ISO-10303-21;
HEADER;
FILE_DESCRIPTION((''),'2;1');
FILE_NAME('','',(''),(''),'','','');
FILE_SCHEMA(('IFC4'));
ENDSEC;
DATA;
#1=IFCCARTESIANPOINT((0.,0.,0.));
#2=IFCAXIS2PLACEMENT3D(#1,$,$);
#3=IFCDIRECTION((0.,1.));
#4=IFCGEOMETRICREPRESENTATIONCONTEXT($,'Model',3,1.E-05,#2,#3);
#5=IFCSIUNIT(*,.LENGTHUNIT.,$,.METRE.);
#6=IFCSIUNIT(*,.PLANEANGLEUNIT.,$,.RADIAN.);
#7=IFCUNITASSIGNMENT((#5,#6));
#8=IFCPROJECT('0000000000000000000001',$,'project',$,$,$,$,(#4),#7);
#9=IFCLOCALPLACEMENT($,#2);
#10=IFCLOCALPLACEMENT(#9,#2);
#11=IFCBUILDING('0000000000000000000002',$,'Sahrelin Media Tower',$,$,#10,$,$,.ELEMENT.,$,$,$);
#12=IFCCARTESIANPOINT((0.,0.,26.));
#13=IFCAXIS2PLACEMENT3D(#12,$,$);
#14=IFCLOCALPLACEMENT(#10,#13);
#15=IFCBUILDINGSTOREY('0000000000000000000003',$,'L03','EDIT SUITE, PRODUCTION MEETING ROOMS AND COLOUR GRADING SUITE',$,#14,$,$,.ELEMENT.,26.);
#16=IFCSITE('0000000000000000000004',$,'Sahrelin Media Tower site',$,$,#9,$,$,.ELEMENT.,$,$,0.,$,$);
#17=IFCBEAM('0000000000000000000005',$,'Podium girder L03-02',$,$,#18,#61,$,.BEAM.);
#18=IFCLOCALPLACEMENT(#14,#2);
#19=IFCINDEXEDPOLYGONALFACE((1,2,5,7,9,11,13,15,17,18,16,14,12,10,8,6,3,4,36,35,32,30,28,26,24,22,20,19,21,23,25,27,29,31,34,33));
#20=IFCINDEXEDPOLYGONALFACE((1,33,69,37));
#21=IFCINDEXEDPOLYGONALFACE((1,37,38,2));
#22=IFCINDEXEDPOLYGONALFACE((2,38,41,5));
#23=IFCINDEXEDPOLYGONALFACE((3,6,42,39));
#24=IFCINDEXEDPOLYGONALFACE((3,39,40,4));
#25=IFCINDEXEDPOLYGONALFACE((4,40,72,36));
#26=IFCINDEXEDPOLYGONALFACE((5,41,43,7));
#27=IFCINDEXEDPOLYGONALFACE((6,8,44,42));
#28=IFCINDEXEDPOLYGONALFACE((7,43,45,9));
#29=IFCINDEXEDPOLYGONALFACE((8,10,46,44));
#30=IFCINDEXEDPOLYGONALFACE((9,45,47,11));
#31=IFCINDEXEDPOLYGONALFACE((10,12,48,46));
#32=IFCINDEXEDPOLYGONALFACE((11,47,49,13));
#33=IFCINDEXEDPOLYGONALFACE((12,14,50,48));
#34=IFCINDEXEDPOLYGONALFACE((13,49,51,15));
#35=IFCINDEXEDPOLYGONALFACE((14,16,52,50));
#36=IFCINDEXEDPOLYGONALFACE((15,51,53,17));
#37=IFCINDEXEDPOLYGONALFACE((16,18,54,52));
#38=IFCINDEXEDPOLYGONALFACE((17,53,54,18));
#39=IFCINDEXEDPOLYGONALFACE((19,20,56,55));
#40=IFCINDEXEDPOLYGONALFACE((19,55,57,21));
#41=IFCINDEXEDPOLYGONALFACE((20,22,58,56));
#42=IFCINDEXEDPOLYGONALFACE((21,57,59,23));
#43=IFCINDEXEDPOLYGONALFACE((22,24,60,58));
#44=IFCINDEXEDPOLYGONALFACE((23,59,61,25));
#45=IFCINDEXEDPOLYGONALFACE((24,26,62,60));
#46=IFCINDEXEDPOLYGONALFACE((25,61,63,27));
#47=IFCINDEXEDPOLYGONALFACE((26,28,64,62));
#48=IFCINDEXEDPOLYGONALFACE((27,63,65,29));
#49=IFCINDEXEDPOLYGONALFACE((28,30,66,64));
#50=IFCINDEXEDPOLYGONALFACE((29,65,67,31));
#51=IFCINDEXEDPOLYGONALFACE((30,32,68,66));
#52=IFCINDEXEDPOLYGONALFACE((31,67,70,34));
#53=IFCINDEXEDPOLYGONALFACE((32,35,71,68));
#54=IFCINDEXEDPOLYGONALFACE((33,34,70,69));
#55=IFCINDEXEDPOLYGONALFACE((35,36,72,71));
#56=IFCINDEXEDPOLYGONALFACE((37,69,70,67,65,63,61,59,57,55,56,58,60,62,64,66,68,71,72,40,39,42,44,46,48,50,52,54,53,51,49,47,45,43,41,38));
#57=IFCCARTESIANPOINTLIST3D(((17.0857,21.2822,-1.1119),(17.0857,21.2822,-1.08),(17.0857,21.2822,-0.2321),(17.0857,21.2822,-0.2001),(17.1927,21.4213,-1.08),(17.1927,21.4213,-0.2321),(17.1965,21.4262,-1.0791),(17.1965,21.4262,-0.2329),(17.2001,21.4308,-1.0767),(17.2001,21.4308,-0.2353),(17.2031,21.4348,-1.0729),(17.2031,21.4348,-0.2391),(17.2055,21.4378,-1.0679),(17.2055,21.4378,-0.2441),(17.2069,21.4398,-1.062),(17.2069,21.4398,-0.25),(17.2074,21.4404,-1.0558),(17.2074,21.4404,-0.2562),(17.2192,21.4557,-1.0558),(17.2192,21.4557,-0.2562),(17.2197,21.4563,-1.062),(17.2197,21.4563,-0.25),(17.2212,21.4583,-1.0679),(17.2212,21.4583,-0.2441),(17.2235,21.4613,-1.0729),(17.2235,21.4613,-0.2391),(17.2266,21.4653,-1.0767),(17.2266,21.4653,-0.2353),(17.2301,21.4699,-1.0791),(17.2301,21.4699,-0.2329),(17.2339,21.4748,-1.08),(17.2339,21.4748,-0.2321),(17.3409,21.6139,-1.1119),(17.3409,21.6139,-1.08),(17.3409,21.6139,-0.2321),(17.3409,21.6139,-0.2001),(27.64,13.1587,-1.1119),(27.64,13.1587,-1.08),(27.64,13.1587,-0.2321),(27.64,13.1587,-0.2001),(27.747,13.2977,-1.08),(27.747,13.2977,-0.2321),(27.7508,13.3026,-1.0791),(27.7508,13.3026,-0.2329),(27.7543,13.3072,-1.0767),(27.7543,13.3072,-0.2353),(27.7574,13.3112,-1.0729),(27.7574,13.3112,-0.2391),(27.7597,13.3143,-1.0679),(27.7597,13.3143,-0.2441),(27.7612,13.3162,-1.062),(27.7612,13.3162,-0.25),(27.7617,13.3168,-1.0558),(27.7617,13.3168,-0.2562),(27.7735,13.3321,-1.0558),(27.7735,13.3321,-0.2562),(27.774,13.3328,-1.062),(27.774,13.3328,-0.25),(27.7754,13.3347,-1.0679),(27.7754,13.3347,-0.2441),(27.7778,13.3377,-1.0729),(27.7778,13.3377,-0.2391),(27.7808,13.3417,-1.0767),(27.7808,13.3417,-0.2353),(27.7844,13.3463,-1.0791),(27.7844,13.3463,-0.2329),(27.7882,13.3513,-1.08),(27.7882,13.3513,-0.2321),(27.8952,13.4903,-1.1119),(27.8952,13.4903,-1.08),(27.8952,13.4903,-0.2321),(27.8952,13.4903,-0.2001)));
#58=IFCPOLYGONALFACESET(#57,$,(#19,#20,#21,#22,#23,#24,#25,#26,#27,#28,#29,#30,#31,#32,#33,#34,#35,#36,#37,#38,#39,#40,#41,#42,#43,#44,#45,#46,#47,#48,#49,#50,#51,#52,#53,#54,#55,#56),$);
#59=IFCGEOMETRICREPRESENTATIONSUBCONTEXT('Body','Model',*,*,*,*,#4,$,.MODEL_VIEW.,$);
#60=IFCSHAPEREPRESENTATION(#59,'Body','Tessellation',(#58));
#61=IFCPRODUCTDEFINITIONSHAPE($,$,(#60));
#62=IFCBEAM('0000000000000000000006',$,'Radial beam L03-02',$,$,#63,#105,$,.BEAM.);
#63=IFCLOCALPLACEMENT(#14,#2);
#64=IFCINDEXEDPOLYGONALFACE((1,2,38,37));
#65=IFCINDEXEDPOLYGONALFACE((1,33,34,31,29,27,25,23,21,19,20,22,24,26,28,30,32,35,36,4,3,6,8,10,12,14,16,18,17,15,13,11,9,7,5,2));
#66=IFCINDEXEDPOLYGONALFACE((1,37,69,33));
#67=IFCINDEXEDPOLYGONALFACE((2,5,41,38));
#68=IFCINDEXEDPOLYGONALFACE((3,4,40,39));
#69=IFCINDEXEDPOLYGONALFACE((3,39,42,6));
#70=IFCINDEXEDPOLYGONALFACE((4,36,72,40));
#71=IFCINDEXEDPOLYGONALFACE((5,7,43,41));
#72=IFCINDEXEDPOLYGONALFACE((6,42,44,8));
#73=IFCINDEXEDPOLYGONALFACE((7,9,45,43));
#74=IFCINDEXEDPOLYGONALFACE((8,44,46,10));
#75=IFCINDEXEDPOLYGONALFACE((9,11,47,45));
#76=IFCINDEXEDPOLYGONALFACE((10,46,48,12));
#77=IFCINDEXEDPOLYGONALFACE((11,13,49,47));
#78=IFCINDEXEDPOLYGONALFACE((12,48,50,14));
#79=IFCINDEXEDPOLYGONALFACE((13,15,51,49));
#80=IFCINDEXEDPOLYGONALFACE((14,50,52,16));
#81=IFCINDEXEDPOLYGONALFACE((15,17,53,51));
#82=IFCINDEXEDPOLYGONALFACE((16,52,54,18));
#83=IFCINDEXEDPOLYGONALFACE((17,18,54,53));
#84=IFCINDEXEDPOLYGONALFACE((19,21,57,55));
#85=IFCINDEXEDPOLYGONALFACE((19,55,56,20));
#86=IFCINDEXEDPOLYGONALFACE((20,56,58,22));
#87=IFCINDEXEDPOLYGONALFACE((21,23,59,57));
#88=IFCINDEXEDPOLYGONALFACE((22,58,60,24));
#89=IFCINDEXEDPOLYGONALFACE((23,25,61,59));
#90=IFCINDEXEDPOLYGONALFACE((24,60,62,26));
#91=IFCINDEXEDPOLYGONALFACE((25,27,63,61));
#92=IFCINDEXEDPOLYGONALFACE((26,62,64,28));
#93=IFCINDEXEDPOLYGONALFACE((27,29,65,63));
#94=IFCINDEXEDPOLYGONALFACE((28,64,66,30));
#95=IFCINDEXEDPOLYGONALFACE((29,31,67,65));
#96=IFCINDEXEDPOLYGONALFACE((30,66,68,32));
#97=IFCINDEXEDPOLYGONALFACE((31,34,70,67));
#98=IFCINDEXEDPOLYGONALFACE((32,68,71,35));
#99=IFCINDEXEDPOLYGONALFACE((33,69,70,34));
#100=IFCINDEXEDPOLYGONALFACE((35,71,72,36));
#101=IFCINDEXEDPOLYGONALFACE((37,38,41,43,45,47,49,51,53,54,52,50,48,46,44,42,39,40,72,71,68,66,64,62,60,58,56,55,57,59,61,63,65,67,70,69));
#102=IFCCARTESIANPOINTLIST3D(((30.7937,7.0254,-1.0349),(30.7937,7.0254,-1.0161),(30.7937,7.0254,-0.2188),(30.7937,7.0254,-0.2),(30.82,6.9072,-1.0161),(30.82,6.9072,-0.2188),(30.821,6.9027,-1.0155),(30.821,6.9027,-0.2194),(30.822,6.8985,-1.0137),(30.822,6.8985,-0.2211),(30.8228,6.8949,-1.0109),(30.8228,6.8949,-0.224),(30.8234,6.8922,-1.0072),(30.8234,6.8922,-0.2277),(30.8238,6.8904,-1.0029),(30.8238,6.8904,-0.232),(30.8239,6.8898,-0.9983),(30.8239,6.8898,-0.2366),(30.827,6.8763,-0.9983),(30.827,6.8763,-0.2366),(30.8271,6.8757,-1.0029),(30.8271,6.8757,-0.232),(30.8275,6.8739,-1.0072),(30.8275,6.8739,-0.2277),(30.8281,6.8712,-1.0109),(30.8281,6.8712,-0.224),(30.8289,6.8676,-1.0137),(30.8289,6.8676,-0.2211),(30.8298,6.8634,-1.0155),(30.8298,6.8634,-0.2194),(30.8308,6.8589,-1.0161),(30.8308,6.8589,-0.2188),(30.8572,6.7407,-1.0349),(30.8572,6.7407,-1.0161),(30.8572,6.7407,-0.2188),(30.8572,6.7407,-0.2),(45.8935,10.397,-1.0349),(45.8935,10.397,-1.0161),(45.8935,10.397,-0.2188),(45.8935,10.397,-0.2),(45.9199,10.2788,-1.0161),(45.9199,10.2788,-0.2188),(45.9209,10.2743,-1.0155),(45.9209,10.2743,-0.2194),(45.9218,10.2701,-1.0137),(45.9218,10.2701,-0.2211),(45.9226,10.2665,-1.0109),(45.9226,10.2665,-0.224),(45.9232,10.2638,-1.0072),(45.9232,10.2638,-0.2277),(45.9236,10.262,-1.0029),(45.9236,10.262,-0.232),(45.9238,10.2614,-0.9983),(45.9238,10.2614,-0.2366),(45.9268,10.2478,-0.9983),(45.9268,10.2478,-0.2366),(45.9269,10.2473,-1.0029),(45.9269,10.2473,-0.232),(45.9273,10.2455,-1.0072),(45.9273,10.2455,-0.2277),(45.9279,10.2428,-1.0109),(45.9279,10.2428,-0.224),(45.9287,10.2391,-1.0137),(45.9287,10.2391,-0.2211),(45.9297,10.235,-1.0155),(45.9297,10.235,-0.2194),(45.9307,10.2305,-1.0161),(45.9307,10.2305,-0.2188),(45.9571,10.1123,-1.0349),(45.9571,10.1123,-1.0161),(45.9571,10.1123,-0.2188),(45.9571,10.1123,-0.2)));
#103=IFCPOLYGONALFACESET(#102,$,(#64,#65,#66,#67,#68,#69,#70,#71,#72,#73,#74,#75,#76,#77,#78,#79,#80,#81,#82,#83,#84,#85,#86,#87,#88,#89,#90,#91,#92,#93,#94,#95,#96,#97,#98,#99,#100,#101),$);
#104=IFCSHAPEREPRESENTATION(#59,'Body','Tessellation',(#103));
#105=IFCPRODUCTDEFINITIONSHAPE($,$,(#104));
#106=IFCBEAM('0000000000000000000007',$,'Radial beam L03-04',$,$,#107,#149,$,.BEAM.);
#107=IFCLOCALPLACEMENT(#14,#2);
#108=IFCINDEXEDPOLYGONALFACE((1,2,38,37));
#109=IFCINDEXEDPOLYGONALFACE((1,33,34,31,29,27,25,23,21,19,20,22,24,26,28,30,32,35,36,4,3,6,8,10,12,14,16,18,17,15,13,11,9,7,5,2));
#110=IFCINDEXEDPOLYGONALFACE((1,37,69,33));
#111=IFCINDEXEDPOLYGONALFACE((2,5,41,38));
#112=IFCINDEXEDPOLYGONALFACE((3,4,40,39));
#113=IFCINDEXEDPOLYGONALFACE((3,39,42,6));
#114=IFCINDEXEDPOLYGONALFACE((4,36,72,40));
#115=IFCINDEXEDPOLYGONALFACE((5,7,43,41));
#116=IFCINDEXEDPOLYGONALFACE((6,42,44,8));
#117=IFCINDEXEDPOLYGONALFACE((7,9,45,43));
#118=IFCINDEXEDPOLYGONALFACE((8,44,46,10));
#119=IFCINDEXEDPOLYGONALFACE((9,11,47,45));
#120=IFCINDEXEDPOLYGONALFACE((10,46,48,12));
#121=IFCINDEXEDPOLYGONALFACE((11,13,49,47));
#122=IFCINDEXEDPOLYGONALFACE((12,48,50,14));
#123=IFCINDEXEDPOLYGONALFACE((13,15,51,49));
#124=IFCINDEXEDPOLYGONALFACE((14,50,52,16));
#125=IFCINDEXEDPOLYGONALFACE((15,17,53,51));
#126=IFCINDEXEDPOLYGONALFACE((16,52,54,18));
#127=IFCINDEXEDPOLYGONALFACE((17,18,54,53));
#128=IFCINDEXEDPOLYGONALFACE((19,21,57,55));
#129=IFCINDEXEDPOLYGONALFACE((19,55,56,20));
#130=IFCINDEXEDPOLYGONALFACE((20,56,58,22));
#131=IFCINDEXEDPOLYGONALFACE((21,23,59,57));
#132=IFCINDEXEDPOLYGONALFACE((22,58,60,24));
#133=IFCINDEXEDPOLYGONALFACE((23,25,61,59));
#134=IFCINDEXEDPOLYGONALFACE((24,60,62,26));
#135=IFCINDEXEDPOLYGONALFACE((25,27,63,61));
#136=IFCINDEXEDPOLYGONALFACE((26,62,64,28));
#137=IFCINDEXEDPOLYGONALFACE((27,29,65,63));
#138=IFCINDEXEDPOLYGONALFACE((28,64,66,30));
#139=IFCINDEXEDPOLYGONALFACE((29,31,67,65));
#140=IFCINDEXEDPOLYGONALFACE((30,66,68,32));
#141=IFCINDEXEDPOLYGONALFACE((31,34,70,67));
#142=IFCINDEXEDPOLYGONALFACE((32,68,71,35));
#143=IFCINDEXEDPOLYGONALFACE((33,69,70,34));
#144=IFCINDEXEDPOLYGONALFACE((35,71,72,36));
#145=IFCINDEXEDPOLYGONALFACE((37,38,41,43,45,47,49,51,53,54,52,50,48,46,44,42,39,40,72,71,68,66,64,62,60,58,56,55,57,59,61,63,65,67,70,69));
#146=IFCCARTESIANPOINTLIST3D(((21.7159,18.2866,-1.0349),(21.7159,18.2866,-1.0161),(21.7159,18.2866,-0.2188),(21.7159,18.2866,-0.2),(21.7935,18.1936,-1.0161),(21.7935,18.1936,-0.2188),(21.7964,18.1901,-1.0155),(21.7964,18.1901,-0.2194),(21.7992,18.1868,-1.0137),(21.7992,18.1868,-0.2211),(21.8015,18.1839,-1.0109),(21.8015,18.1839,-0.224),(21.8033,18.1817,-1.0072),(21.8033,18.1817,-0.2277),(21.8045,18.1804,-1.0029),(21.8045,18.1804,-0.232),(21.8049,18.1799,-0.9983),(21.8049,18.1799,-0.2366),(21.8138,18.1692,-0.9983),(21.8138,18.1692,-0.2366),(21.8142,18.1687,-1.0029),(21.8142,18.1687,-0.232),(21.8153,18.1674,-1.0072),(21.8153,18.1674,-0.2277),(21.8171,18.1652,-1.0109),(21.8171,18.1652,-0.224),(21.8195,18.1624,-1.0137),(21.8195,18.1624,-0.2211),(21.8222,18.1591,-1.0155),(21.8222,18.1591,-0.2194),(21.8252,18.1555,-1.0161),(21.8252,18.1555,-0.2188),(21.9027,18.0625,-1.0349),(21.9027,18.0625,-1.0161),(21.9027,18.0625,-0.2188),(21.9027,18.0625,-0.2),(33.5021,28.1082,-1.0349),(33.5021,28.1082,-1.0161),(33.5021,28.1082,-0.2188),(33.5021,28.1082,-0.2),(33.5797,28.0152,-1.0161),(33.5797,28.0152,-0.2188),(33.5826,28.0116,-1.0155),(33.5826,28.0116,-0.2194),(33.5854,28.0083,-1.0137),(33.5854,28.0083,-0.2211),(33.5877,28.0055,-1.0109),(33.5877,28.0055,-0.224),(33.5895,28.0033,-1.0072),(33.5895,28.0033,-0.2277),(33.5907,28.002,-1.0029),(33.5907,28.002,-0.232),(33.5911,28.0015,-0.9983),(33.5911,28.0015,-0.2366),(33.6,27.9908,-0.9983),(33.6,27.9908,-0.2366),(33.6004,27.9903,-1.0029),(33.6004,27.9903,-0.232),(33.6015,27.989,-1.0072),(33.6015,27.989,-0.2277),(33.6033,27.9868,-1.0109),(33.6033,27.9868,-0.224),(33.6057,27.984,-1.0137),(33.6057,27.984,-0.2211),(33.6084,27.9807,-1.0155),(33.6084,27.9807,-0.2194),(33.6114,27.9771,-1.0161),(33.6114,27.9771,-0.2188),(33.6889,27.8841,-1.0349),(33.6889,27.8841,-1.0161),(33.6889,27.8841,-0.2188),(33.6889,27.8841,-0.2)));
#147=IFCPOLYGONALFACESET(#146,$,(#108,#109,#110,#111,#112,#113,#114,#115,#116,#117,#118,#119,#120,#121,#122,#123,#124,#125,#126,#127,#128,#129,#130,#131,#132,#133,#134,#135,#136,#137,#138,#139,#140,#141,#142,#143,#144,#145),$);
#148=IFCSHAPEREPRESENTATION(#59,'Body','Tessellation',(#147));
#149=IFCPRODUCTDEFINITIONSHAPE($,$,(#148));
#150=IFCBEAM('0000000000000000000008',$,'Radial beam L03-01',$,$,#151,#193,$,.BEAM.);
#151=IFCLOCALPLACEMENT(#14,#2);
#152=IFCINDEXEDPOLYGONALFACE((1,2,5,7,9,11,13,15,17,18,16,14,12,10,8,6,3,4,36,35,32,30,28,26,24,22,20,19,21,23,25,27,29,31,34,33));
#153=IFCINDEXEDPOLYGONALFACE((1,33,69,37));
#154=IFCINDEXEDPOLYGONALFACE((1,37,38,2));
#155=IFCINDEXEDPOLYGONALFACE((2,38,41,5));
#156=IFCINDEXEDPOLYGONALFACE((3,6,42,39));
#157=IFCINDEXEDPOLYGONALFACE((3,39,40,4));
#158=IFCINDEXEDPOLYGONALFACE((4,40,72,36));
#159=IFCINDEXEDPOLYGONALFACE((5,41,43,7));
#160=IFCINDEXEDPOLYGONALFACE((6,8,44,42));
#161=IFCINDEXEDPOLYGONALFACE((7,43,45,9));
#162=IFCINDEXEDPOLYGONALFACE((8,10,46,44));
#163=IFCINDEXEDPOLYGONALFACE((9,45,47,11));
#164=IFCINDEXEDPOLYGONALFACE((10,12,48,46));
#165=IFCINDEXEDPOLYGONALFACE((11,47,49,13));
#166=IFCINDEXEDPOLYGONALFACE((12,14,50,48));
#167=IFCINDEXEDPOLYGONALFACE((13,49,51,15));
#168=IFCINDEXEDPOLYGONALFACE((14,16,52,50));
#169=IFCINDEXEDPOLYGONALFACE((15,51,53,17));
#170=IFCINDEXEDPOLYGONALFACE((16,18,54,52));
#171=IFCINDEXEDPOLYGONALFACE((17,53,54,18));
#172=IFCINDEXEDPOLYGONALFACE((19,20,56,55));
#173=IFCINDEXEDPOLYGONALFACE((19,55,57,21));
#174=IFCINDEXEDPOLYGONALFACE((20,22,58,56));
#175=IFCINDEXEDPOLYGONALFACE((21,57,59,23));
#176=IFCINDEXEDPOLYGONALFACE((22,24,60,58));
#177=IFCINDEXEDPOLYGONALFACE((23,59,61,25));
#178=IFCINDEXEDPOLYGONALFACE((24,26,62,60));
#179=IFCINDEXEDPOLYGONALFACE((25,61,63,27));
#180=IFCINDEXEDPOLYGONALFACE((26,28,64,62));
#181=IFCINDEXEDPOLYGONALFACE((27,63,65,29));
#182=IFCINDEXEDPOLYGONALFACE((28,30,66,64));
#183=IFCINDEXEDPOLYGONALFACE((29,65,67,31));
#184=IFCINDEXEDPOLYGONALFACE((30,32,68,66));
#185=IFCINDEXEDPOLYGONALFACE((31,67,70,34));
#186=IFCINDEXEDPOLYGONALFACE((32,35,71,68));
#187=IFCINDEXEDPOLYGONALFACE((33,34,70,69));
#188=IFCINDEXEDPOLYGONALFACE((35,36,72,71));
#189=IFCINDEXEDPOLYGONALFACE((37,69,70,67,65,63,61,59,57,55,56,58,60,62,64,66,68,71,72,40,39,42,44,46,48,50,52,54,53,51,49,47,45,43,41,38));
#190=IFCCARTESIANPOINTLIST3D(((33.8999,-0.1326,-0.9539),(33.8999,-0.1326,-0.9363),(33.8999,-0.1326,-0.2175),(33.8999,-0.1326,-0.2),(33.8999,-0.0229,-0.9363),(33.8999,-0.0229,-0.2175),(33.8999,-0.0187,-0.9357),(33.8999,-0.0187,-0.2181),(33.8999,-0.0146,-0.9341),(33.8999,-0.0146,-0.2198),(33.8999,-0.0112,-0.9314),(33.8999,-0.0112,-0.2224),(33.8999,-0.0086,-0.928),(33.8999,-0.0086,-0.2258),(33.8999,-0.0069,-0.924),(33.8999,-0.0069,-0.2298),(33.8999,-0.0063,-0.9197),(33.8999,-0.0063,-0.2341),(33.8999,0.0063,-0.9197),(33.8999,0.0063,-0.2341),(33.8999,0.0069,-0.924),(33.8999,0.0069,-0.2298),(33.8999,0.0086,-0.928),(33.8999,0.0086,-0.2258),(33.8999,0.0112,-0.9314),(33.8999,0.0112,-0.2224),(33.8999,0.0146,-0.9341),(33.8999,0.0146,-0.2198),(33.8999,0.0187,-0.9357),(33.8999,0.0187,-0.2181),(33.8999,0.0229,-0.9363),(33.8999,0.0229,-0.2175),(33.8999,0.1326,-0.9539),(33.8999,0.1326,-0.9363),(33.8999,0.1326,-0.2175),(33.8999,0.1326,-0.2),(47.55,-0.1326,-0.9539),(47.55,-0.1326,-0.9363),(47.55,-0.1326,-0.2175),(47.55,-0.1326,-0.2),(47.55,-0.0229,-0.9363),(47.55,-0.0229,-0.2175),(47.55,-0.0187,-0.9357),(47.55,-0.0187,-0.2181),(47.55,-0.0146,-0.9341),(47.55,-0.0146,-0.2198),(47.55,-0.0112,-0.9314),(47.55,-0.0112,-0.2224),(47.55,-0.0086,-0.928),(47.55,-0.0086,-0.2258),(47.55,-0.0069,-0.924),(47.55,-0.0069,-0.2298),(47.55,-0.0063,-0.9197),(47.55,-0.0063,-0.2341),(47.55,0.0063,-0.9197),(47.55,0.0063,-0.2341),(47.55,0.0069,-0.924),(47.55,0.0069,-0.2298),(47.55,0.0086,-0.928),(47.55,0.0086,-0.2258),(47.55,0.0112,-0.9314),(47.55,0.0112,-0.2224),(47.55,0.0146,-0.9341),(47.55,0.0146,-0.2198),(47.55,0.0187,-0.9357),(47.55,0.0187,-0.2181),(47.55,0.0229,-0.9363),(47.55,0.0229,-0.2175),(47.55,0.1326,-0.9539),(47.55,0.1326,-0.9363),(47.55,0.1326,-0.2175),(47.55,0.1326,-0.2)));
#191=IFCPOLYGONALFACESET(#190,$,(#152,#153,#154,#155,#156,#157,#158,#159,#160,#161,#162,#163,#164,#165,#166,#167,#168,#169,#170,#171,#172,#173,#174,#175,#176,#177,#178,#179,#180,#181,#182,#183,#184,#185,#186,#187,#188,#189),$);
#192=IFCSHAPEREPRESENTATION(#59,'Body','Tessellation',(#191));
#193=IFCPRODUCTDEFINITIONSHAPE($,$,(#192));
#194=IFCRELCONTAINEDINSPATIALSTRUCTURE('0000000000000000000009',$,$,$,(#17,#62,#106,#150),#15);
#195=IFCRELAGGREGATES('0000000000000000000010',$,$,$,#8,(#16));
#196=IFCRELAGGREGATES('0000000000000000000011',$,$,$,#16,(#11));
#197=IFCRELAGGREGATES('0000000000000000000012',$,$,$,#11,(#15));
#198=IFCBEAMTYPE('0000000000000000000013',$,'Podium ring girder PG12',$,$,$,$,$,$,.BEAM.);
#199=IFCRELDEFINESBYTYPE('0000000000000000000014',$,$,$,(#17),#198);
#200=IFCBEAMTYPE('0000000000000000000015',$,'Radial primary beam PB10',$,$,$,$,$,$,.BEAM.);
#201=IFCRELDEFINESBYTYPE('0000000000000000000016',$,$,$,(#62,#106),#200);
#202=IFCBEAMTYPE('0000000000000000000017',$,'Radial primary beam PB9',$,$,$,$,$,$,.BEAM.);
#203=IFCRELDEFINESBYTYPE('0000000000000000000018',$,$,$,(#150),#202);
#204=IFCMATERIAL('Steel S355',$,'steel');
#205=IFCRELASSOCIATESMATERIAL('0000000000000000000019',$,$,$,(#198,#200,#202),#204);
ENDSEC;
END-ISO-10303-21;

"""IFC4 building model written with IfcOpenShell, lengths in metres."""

from ifc_helpers import new_model, si_unit, direction, frame, origin, origin_2d, place, context, subcontext, project, spatial, i_section, extrude, material, material_profile, profile_set, type_object, element, save


model = new_model("IFC4")

# Units and contexts
model_context = context("Model", 3, precision=1e-05, world=origin(), true_north=direction((0.0, 1.0)))
body_context = subcontext(model_context, "Body", "Model", "MODEL_VIEW")
ifc_project = project(units=[si_unit("LENGTHUNIT", "METRE"), si_unit("PLANEANGLEUNIT", "RADIAN")], contexts=[model_context])

# Site, building, storey
site_placement = place(None, origin())
site = spatial("IfcSite", under=ifc_project, at=site_placement, Name="Sahrelin Media Tower site", CompositionType="ELEMENT", RefElevation=0.0)
building_placement = place(site_placement, origin())
building = spatial("IfcBuilding", under=site, at=building_placement, Name="Sahrelin Media Tower", CompositionType="ELEMENT")
storey_placement = place(building_placement, frame((0.0, 0.0, 26.0)))
storey = spatial("IfcBuildingStorey", under=building, at=storey_placement, Name="L03", Description="EDIT SUITE, PRODUCTION MEETING ROOMS AND COLOUR GRADING SUITE", CompositionType="ELEMENT", Elevation=26.0)

# Beams
ifc_material_1 = material(Name="Steel S355", Category="steel")
ifc_material_profile_1 = material_profile(ifc_material_1, i_section(OverallWidth=0.4185, OverallDepth=0.9119, WebThickness=0.0193, FlangeThickness=0.032, FilletRadius=0.0242, at=origin_2d()), Name="UB 914x419x343")
ifc_profile_set_1 = profile_set([ifc_material_profile_1], Name="Steel S355")
beam_type_1 = type_object("IfcBeamType", Name="Podium ring girder PG12", PredefinedType="BEAM", material=ifc_profile_set_1)
beam_1_placement = place(storey_placement, frame((27.7676, 13.3245, -0.656), z_axis=(-0.792445, 0.609943, 0.0), x_axis=(-0.609943, -0.792445, 0.0)))
element("IfcBeam", 1, at=beam_1_placement, inside=storey, type_object=beam_type_1, Name="Podium girder L03-02", PredefinedType="BEAM", context=body_context, shape_type="SweptSolid", body=[
    extrude(i_section(OverallWidth=0.4185, OverallDepth=0.9119, WebThickness=0.0193, FlangeThickness=0.032, FilletRadius=0.0242, at=origin_2d()), origin(), (0.0, 0.0, 1.0), 13.3186),
])
ifc_material_profile_2 = material_profile(ifc_material_1, i_section(OverallWidth=0.2917, OverallDepth=0.835, WebThickness=0.0139, FlangeThickness=0.0188, FilletRadius=0.0178, at=origin_2d()), Name="UB 838x292x176")
ifc_profile_set_2 = profile_set([ifc_material_profile_2], Name="Steel S355")
beam_type_2 = type_object("IfcBeamType", Name="Radial primary beam PB10", PredefinedType="BEAM", material=ifc_profile_set_2)
beam_2_placement = place(storey_placement, frame((30.8254, 6.8831, -0.6174), z_axis=(0.975967, 0.217919, 0.0), x_axis=(-0.217919, 0.975967, 0.0)))
element("IfcBeam", 2, at=beam_2_placement, inside=storey, type_object=beam_type_2, Name="Radial beam L03-02", PredefinedType="BEAM", context=body_context, shape_type="SweptSolid", body=[
    extrude(i_section(OverallWidth=0.2917, OverallDepth=0.835, WebThickness=0.0139, FlangeThickness=0.0188, FilletRadius=0.0178, at=origin_2d()), origin(), (0.0, 0.0, 1.0), 15.4717),
])
beam_3_placement = place(storey_placement, frame((21.8093, 18.1746, -0.6174), z_axis=(0.768229, 0.640175, 0.0), x_axis=(-0.640175, 0.768229, 0.0)))
element("IfcBeam", 3, at=beam_3_placement, inside=storey, type_object=beam_type_2, Name="Radial beam L03-04", PredefinedType="BEAM", context=body_context, shape_type="SweptSolid", body=[
    extrude(i_section(OverallWidth=0.2917, OverallDepth=0.835, WebThickness=0.0139, FlangeThickness=0.0188, FilletRadius=0.0178, at=origin_2d()), origin(), (0.0, 0.0, 1.0), 15.342),
])
ifc_material_profile_3 = material_profile(ifc_material_1, i_section(OverallWidth=0.2651, OverallDepth=0.7539, WebThickness=0.0127, FlangeThickness=0.0176, FilletRadius=0.0166, at=origin_2d()), Name="UB 762x267x147")
ifc_profile_set_3 = profile_set([ifc_material_profile_3], Name="Steel S355")
beam_type_3 = type_object("IfcBeamType", Name="Radial primary beam PB9", PredefinedType="BEAM", material=ifc_profile_set_3)
beam_4_placement = place(storey_placement, frame((33.8999, 0.0, -0.5769), z_axis=(1.0, 0.0, 0.0), x_axis=(0.0, 1.0, 0.0)))
element("IfcBeam", 4, at=beam_4_placement, inside=storey, type_object=beam_type_3, Name="Radial beam L03-01", PredefinedType="BEAM", context=body_context, shape_type="SweptSolid", body=[
    extrude(i_section(OverallWidth=0.2651, OverallDepth=0.7539, WebThickness=0.0127, FlangeThickness=0.0176, FilletRadius=0.0166, at=origin_2d()), origin(), (0.0, 0.0, 1.0), 13.6501),
])

save(model, "model.ifc")
